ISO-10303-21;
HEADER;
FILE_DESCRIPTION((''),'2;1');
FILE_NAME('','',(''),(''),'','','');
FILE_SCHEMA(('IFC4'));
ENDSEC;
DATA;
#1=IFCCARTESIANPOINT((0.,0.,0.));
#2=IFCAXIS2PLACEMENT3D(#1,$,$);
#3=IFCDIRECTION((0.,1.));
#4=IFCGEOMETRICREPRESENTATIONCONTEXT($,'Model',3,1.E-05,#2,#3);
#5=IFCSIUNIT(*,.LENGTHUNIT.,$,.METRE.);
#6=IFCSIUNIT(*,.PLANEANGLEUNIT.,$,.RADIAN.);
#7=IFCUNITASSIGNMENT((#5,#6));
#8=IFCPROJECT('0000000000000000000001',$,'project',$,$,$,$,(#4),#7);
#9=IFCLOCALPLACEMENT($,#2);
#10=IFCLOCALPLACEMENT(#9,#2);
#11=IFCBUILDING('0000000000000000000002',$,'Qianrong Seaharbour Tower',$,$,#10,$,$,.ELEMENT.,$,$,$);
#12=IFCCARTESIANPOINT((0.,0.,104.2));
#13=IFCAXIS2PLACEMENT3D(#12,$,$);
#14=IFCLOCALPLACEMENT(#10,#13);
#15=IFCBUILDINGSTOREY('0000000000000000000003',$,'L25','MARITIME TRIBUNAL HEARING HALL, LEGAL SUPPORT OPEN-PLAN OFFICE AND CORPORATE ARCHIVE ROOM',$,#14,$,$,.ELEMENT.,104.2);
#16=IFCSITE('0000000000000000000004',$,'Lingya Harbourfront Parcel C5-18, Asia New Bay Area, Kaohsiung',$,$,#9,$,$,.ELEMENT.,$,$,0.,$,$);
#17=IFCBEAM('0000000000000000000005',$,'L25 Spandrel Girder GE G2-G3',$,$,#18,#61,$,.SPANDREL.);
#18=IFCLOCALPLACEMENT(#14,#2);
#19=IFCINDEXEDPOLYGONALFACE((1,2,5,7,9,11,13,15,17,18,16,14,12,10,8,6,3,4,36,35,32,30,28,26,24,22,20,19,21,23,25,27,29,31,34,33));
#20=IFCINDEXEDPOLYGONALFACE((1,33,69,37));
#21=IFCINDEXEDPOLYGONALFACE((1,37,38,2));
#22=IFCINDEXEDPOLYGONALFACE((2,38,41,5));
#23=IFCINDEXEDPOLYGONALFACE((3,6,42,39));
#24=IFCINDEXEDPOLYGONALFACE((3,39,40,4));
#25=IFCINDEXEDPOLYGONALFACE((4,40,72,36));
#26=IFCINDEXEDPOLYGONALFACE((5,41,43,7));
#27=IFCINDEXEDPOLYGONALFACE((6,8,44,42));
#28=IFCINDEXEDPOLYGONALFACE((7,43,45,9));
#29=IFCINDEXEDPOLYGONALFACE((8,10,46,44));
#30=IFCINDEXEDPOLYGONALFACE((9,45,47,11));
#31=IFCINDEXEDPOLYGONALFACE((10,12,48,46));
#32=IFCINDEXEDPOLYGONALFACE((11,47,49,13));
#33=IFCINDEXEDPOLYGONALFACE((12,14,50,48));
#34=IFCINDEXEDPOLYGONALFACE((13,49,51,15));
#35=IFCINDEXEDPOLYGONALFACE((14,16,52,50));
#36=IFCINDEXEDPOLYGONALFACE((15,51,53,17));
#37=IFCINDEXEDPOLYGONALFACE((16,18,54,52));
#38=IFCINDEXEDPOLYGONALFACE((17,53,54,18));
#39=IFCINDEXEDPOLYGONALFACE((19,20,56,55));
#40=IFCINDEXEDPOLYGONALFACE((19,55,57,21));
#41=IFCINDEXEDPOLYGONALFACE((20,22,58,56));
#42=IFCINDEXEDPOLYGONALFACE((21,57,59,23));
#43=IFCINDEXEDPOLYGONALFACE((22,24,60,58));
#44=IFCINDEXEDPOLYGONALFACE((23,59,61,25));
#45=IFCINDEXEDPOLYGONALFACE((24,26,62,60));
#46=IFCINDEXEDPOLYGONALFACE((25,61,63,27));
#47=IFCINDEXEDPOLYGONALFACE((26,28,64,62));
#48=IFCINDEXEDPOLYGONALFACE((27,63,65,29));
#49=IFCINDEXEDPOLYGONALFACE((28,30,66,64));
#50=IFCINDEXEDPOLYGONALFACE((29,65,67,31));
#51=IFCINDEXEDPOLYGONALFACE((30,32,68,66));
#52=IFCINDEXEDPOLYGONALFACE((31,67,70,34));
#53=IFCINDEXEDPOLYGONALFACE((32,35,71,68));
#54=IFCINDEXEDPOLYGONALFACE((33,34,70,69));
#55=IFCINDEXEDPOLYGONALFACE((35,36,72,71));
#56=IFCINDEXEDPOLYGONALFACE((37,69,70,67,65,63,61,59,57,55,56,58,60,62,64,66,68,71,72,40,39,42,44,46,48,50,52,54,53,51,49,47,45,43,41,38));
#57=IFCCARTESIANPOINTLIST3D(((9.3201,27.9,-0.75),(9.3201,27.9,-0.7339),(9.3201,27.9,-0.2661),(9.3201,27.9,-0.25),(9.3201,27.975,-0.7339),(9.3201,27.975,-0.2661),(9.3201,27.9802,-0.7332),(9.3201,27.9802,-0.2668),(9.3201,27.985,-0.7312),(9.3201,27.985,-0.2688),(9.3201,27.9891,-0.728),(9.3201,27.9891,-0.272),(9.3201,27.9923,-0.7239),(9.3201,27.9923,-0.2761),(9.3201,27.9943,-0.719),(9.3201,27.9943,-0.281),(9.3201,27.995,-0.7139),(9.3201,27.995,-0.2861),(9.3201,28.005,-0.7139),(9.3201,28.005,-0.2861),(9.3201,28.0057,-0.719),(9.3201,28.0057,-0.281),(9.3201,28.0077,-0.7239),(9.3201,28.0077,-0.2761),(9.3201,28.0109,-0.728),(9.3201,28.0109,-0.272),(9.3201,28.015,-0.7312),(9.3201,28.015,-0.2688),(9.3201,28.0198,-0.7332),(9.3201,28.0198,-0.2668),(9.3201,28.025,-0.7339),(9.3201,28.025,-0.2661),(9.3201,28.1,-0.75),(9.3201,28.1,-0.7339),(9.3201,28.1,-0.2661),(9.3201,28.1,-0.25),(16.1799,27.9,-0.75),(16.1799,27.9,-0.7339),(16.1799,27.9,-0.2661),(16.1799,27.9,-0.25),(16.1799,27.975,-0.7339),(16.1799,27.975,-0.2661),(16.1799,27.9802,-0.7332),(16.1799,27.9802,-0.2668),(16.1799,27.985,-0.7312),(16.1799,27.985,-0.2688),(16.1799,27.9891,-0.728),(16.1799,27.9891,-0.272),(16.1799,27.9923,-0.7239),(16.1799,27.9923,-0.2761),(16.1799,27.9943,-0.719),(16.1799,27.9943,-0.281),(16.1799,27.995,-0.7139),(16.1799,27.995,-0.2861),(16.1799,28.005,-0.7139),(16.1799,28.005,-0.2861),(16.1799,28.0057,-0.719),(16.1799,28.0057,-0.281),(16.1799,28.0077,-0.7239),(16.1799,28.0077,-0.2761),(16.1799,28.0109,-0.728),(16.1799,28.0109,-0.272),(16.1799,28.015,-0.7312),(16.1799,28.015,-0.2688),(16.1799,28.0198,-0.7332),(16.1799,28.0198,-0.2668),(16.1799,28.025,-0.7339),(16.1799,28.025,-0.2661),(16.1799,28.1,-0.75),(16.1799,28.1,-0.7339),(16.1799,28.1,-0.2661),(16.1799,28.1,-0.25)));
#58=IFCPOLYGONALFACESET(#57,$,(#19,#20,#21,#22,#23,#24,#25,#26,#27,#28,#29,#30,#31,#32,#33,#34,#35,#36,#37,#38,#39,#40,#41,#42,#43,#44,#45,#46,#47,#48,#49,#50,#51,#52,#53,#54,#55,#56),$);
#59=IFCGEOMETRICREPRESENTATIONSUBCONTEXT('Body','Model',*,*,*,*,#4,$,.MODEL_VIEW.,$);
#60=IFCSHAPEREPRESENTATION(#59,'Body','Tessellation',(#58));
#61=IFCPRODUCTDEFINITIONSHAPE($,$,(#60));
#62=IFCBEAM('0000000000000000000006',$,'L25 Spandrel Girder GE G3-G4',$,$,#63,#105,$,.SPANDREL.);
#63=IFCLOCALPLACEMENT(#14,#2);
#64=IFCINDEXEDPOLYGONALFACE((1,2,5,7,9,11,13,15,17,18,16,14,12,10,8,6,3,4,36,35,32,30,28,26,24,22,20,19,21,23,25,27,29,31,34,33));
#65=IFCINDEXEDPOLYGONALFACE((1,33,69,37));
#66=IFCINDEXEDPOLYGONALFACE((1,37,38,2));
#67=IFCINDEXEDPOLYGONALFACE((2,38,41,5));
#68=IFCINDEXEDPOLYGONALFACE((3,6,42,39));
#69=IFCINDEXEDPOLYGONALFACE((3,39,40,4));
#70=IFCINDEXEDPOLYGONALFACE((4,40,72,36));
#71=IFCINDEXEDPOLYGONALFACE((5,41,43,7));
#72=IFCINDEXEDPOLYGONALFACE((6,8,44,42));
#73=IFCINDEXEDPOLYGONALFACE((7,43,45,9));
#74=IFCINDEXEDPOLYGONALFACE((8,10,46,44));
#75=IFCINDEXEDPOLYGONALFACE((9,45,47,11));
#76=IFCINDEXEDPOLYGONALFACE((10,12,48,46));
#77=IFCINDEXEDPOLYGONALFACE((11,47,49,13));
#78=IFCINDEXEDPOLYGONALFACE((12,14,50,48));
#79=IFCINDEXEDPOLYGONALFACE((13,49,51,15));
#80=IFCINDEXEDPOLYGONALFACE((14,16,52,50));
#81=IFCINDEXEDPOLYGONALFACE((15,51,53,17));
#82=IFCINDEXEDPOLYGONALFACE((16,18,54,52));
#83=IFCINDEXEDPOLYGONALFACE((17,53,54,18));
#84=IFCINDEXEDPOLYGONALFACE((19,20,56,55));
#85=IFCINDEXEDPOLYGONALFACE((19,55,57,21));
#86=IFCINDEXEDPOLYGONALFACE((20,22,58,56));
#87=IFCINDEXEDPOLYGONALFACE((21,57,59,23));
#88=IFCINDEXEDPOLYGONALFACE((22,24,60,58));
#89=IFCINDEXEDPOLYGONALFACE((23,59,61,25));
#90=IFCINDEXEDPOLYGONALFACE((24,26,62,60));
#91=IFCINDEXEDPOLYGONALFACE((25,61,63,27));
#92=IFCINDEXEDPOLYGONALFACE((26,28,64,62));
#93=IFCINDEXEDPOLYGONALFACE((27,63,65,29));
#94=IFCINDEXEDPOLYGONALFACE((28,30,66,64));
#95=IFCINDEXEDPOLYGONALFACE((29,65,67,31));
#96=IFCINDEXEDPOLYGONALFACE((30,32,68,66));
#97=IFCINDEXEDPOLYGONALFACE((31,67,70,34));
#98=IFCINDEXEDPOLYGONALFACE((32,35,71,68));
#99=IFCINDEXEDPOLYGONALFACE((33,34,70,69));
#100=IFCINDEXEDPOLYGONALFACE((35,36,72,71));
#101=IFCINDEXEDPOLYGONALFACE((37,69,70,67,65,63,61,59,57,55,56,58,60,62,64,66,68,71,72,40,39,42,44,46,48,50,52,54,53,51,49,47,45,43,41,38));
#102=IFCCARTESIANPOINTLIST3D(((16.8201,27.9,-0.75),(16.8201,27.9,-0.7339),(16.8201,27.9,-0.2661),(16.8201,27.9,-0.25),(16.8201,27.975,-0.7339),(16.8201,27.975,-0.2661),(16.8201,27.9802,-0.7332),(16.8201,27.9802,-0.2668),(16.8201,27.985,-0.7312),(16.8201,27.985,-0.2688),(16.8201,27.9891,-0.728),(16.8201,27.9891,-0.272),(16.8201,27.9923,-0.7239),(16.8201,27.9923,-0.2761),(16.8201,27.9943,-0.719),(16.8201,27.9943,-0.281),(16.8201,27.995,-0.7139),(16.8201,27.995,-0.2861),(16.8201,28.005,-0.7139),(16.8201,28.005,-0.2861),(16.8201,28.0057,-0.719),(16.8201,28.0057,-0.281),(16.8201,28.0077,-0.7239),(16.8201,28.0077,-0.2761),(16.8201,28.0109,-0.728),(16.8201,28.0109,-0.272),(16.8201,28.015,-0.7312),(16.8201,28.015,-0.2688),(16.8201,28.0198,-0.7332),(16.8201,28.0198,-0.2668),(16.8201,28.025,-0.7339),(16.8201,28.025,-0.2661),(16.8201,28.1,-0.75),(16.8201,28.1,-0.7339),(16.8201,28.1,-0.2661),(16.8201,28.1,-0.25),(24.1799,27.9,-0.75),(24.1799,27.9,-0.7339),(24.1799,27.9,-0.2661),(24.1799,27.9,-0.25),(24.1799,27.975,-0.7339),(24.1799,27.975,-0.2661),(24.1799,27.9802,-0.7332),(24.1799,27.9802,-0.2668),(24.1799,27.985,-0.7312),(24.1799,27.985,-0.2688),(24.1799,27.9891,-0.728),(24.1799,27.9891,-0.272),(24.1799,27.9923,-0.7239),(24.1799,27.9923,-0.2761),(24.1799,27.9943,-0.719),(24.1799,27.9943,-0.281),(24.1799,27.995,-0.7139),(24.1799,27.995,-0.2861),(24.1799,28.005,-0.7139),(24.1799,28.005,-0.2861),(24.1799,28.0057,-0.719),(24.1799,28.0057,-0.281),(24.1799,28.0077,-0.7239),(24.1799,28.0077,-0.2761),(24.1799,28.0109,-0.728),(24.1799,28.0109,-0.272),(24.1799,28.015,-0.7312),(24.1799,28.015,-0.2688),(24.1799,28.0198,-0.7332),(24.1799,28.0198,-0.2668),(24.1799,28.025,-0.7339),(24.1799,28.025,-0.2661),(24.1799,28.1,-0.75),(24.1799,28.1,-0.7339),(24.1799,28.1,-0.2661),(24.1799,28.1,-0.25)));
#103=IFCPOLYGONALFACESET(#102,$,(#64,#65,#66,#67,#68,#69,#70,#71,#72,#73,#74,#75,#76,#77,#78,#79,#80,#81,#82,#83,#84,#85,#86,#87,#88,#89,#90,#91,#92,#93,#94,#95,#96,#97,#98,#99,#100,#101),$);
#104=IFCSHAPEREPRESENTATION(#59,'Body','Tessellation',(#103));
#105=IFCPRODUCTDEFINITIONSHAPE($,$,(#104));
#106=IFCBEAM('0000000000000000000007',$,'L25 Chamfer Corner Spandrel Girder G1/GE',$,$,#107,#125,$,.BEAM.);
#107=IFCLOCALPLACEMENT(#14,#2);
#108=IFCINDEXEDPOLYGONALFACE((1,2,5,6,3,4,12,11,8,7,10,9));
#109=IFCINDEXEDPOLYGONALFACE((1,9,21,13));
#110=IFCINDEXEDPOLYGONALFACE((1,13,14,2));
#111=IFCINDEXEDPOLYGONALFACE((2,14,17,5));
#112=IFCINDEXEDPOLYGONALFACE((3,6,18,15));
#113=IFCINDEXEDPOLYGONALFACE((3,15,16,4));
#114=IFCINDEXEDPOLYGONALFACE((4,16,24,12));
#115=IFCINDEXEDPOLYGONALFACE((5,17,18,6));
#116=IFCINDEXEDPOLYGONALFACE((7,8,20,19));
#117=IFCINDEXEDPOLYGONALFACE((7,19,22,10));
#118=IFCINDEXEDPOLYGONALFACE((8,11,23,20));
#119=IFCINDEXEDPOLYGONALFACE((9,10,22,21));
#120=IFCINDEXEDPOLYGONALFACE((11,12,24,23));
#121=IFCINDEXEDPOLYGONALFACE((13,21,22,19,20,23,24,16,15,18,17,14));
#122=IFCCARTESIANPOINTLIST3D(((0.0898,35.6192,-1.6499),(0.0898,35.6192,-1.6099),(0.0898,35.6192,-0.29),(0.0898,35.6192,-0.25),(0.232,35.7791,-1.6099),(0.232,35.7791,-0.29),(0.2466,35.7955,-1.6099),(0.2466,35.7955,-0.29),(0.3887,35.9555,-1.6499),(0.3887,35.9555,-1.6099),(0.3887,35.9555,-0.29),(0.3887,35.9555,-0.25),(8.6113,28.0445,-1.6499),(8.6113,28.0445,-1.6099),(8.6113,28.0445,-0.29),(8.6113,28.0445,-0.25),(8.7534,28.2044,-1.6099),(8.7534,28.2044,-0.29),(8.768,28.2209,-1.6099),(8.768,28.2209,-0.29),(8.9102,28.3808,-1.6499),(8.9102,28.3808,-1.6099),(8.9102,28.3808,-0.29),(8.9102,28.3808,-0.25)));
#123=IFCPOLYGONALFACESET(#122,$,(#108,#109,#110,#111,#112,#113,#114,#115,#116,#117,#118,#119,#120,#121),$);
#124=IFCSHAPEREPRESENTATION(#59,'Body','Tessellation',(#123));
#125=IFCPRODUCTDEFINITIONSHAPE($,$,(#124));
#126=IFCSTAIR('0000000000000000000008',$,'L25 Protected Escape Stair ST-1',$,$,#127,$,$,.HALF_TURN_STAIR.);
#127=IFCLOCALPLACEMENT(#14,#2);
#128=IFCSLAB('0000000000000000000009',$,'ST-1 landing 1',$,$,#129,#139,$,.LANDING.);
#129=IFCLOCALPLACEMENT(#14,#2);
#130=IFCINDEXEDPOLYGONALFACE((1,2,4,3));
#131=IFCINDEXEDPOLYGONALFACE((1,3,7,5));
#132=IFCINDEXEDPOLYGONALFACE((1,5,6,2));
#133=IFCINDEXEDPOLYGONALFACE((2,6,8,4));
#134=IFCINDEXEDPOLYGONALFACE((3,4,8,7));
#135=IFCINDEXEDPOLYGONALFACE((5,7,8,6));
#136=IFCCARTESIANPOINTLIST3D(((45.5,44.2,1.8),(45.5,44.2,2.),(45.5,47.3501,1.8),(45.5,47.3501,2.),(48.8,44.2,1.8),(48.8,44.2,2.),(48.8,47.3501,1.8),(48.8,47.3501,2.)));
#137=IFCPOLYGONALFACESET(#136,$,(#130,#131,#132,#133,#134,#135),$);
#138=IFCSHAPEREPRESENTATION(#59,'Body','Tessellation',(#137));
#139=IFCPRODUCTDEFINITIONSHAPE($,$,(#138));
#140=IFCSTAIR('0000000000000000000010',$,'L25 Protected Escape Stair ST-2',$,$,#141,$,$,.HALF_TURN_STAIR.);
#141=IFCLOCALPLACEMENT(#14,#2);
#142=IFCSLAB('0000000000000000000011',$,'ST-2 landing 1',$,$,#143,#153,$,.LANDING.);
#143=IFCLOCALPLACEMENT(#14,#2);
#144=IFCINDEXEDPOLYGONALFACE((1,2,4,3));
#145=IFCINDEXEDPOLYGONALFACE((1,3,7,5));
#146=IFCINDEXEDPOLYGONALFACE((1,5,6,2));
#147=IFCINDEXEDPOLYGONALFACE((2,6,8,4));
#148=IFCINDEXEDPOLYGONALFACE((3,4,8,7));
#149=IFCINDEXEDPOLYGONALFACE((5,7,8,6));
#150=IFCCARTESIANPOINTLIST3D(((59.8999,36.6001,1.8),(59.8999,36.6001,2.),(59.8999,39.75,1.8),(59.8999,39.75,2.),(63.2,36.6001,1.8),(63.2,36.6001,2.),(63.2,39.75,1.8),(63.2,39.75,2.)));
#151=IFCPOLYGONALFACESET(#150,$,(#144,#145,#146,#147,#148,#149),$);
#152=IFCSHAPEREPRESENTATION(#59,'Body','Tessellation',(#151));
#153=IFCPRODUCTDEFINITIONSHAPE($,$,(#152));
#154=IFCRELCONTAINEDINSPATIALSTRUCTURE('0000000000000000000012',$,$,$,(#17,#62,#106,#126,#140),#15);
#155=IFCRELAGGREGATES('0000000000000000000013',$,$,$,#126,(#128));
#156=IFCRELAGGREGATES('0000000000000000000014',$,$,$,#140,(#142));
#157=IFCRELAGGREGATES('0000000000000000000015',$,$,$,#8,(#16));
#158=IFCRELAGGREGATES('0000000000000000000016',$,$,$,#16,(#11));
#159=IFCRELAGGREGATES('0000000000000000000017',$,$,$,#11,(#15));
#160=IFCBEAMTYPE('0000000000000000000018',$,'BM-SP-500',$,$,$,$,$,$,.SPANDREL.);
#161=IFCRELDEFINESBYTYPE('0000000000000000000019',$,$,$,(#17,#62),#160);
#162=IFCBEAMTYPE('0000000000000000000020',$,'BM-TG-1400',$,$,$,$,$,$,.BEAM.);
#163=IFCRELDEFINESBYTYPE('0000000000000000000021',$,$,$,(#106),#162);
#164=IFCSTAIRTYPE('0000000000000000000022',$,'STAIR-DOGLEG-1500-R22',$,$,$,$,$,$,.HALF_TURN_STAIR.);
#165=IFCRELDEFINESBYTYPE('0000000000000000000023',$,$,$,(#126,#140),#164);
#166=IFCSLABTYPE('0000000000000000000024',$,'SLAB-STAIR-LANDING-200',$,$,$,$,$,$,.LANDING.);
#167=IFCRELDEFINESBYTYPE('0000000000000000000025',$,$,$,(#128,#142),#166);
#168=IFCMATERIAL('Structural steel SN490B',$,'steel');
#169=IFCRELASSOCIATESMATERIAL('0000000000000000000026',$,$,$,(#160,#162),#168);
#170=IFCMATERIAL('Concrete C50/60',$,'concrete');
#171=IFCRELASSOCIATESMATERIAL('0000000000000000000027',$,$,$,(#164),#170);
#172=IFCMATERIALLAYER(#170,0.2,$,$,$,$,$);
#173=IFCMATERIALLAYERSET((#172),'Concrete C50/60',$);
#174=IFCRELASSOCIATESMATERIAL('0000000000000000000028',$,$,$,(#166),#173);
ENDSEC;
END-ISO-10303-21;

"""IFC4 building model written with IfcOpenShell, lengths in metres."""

from ifc_helpers import new_model, si_unit, direction, frame, origin, origin_2d, place, context, subcontext, project, spatial, polyline, i_section, outline, extrude, material, layer, layer_set, material_profile, profile_set, type_object, element, aggregate, save


model = new_model("IFC4")

# Units and contexts
model_context = context("Model", 3, precision=1e-05, world=origin(), true_north=direction((0.0, 1.0)))
body_context = subcontext(model_context, "Body", "Model", "MODEL_VIEW")
ifc_project = project(units=[si_unit("LENGTHUNIT", "METRE"), si_unit("PLANEANGLEUNIT", "RADIAN")], contexts=[model_context])

# Site, building, storey
site_placement = place(None, origin())
site = spatial("IfcSite", under=ifc_project, at=site_placement, Name="Lingya Harbourfront Parcel C5-18, Asia New Bay Area, Kaohsiung", CompositionType="ELEMENT", RefElevation=0.0)
building_placement = place(site_placement, origin())
building = spatial("IfcBuilding", under=site, at=building_placement, Name="Qianrong Seaharbour Tower", CompositionType="ELEMENT")
storey_placement = place(building_placement, frame((0.0, 0.0, 104.2)))
storey = spatial("IfcBuildingStorey", under=building, at=storey_placement, Name="L25", Description="MARITIME TRIBUNAL HEARING HALL, LEGAL SUPPORT OPEN-PLAN OFFICE AND CORPORATE ARCHIVE ROOM", CompositionType="ELEMENT", Elevation=104.2)

# Shared definitions
ifc_material_1 = material(Name="Structural steel SN490B", Category="steel")

# Beams
ifc_material_profile_1 = material_profile(ifc_material_1, i_section(OverallWidth=0.2, OverallDepth=0.5, WebThickness=0.01, FlangeThickness=0.0161, FilletRadius=0.02, at=origin_2d()), Name="H500x200x10x16")
ifc_profile_set_1 = profile_set([ifc_material_profile_1], Name="Structural steel SN490B")
beam_type_1 = type_object("IfcBeamType", Name="BM-SP-500", PredefinedType="SPANDREL", material=ifc_profile_set_1)
beam_1_placement = place(storey_placement, frame((9.3201, 28.0, -0.5), z_axis=(1.0, 0.0, 0.0), x_axis=(0.0, 1.0, 0.0)))
element("IfcBeam", 1, at=beam_1_placement, inside=storey, type_object=beam_type_1, Name="L25 Spandrel Girder GE G2-G3", PredefinedType="SPANDREL", context=body_context, shape_type="SweptSolid", body=[
    extrude(i_section(OverallWidth=0.2, OverallDepth=0.5, WebThickness=0.01, FlangeThickness=0.0161, FilletRadius=0.02, at=origin_2d()), origin(), (0.0, 0.0, 1.0), 6.8599),
])
beam_2_placement = place(storey_placement, frame((16.8201, 28.0, -0.5), z_axis=(1.0, 0.0, 0.0), x_axis=(0.0, 1.0, 0.0)))
element("IfcBeam", 2, at=beam_2_placement, inside=storey, type_object=beam_type_1, Name="L25 Spandrel Girder GE G3-G4", PredefinedType="SPANDREL", context=body_context, shape_type="SweptSolid", body=[
    extrude(i_section(OverallWidth=0.2, OverallDepth=0.5, WebThickness=0.01, FlangeThickness=0.0161, FilletRadius=0.02, at=origin_2d()), origin(), (0.0, 0.0, 1.0), 7.3599),
])
ifc_material_profile_2 = material_profile(ifc_material_1, i_section(OverallWidth=0.45, OverallDepth=1.3999, WebThickness=0.022, FlangeThickness=0.04, at=origin_2d()), Name="BH1400x450x22x40")
ifc_profile_set_2 = profile_set([ifc_material_profile_2], Name="Structural steel SN490B")
beam_type_2 = type_object("IfcBeamType", Name="BM-TG-1400", PredefinedType="BEAM", material=ifc_profile_set_2)
beam_3_placement = place(storey_placement, frame((8.7607, 28.2126, -0.95), z_axis=(-0.747407, 0.664366, 0.0), x_axis=(-0.664366, -0.747407, 0.0)))
element("IfcBeam", 3, at=beam_3_placement, inside=storey, type_object=beam_type_2, Name="L25 Chamfer Corner Spandrel Girder G1/GE", PredefinedType="BEAM", context=body_context, shape_type="SweptSolid", body=[
    extrude(i_section(OverallWidth=0.45, OverallDepth=1.3999, WebThickness=0.022, FlangeThickness=0.04, at=origin_2d()), origin(), (0.0, 0.0, 1.0), 11.4014),
])

# Stairs, slabs
ifc_material_2 = material(Name="Concrete C50/60", Category="concrete")
stair_type = type_object("IfcStairType", Name="STAIR-DOGLEG-1500-R22", PredefinedType="HALF_TURN_STAIR", material=ifc_material_2)
stair_1_placement = place(storey_placement, origin())
stair_1 = element("IfcStair", 4, at=stair_1_placement, inside=storey, type_object=stair_type, Name="L25 Protected Escape Stair ST-1", PredefinedType="HALF_TURN_STAIR")
ifc_layer_1 = layer(ifc_material_2, 0.2)
ifc_layer_set_1 = layer_set([ifc_layer_1], Name="Concrete C50/60")
slab_type_1 = type_object("IfcSlabType", Name="SLAB-STAIR-LANDING-200", PredefinedType="LANDING", material=ifc_layer_set_1)
slab_1_placement = place(storey_placement, frame((0.0, 0.0, 1.8)))
slab_1 = element("IfcSlab", 5, at=slab_1_placement, type_object=slab_type_1, Name="ST-1 landing 1", PredefinedType="LANDING", context=body_context, shape_type="SweptSolid", body=[
    extrude(outline(polyline([(45.5, 44.2), (48.8, 44.2), (48.8, 47.3501), (45.5, 47.3501), (45.5, 44.2)])), origin(), (0.0, 0.0, 1.0), 0.2),
])
aggregate(stair_1, [slab_1])
stair_2_placement = place(storey_placement, origin())
stair_2 = element("IfcStair", 6, at=stair_2_placement, inside=storey, type_object=stair_type, Name="L25 Protected Escape Stair ST-2", PredefinedType="HALF_TURN_STAIR")
slab_2_placement = place(storey_placement, frame((0.0, 0.0, 1.8)))
slab_2 = element("IfcSlab", 7, at=slab_2_placement, type_object=slab_type_1, Name="ST-2 landing 1", PredefinedType="LANDING", context=body_context, shape_type="SweptSolid", body=[
    extrude(outline(polyline([(59.8999, 36.6001), (63.2, 36.6001), (63.2, 39.75), (59.8999, 39.75), (59.8999, 36.6001)])), origin(), (0.0, 0.0, 1.0), 0.2),
])
aggregate(stair_2, [slab_2])

save(model, "model.ifc")
